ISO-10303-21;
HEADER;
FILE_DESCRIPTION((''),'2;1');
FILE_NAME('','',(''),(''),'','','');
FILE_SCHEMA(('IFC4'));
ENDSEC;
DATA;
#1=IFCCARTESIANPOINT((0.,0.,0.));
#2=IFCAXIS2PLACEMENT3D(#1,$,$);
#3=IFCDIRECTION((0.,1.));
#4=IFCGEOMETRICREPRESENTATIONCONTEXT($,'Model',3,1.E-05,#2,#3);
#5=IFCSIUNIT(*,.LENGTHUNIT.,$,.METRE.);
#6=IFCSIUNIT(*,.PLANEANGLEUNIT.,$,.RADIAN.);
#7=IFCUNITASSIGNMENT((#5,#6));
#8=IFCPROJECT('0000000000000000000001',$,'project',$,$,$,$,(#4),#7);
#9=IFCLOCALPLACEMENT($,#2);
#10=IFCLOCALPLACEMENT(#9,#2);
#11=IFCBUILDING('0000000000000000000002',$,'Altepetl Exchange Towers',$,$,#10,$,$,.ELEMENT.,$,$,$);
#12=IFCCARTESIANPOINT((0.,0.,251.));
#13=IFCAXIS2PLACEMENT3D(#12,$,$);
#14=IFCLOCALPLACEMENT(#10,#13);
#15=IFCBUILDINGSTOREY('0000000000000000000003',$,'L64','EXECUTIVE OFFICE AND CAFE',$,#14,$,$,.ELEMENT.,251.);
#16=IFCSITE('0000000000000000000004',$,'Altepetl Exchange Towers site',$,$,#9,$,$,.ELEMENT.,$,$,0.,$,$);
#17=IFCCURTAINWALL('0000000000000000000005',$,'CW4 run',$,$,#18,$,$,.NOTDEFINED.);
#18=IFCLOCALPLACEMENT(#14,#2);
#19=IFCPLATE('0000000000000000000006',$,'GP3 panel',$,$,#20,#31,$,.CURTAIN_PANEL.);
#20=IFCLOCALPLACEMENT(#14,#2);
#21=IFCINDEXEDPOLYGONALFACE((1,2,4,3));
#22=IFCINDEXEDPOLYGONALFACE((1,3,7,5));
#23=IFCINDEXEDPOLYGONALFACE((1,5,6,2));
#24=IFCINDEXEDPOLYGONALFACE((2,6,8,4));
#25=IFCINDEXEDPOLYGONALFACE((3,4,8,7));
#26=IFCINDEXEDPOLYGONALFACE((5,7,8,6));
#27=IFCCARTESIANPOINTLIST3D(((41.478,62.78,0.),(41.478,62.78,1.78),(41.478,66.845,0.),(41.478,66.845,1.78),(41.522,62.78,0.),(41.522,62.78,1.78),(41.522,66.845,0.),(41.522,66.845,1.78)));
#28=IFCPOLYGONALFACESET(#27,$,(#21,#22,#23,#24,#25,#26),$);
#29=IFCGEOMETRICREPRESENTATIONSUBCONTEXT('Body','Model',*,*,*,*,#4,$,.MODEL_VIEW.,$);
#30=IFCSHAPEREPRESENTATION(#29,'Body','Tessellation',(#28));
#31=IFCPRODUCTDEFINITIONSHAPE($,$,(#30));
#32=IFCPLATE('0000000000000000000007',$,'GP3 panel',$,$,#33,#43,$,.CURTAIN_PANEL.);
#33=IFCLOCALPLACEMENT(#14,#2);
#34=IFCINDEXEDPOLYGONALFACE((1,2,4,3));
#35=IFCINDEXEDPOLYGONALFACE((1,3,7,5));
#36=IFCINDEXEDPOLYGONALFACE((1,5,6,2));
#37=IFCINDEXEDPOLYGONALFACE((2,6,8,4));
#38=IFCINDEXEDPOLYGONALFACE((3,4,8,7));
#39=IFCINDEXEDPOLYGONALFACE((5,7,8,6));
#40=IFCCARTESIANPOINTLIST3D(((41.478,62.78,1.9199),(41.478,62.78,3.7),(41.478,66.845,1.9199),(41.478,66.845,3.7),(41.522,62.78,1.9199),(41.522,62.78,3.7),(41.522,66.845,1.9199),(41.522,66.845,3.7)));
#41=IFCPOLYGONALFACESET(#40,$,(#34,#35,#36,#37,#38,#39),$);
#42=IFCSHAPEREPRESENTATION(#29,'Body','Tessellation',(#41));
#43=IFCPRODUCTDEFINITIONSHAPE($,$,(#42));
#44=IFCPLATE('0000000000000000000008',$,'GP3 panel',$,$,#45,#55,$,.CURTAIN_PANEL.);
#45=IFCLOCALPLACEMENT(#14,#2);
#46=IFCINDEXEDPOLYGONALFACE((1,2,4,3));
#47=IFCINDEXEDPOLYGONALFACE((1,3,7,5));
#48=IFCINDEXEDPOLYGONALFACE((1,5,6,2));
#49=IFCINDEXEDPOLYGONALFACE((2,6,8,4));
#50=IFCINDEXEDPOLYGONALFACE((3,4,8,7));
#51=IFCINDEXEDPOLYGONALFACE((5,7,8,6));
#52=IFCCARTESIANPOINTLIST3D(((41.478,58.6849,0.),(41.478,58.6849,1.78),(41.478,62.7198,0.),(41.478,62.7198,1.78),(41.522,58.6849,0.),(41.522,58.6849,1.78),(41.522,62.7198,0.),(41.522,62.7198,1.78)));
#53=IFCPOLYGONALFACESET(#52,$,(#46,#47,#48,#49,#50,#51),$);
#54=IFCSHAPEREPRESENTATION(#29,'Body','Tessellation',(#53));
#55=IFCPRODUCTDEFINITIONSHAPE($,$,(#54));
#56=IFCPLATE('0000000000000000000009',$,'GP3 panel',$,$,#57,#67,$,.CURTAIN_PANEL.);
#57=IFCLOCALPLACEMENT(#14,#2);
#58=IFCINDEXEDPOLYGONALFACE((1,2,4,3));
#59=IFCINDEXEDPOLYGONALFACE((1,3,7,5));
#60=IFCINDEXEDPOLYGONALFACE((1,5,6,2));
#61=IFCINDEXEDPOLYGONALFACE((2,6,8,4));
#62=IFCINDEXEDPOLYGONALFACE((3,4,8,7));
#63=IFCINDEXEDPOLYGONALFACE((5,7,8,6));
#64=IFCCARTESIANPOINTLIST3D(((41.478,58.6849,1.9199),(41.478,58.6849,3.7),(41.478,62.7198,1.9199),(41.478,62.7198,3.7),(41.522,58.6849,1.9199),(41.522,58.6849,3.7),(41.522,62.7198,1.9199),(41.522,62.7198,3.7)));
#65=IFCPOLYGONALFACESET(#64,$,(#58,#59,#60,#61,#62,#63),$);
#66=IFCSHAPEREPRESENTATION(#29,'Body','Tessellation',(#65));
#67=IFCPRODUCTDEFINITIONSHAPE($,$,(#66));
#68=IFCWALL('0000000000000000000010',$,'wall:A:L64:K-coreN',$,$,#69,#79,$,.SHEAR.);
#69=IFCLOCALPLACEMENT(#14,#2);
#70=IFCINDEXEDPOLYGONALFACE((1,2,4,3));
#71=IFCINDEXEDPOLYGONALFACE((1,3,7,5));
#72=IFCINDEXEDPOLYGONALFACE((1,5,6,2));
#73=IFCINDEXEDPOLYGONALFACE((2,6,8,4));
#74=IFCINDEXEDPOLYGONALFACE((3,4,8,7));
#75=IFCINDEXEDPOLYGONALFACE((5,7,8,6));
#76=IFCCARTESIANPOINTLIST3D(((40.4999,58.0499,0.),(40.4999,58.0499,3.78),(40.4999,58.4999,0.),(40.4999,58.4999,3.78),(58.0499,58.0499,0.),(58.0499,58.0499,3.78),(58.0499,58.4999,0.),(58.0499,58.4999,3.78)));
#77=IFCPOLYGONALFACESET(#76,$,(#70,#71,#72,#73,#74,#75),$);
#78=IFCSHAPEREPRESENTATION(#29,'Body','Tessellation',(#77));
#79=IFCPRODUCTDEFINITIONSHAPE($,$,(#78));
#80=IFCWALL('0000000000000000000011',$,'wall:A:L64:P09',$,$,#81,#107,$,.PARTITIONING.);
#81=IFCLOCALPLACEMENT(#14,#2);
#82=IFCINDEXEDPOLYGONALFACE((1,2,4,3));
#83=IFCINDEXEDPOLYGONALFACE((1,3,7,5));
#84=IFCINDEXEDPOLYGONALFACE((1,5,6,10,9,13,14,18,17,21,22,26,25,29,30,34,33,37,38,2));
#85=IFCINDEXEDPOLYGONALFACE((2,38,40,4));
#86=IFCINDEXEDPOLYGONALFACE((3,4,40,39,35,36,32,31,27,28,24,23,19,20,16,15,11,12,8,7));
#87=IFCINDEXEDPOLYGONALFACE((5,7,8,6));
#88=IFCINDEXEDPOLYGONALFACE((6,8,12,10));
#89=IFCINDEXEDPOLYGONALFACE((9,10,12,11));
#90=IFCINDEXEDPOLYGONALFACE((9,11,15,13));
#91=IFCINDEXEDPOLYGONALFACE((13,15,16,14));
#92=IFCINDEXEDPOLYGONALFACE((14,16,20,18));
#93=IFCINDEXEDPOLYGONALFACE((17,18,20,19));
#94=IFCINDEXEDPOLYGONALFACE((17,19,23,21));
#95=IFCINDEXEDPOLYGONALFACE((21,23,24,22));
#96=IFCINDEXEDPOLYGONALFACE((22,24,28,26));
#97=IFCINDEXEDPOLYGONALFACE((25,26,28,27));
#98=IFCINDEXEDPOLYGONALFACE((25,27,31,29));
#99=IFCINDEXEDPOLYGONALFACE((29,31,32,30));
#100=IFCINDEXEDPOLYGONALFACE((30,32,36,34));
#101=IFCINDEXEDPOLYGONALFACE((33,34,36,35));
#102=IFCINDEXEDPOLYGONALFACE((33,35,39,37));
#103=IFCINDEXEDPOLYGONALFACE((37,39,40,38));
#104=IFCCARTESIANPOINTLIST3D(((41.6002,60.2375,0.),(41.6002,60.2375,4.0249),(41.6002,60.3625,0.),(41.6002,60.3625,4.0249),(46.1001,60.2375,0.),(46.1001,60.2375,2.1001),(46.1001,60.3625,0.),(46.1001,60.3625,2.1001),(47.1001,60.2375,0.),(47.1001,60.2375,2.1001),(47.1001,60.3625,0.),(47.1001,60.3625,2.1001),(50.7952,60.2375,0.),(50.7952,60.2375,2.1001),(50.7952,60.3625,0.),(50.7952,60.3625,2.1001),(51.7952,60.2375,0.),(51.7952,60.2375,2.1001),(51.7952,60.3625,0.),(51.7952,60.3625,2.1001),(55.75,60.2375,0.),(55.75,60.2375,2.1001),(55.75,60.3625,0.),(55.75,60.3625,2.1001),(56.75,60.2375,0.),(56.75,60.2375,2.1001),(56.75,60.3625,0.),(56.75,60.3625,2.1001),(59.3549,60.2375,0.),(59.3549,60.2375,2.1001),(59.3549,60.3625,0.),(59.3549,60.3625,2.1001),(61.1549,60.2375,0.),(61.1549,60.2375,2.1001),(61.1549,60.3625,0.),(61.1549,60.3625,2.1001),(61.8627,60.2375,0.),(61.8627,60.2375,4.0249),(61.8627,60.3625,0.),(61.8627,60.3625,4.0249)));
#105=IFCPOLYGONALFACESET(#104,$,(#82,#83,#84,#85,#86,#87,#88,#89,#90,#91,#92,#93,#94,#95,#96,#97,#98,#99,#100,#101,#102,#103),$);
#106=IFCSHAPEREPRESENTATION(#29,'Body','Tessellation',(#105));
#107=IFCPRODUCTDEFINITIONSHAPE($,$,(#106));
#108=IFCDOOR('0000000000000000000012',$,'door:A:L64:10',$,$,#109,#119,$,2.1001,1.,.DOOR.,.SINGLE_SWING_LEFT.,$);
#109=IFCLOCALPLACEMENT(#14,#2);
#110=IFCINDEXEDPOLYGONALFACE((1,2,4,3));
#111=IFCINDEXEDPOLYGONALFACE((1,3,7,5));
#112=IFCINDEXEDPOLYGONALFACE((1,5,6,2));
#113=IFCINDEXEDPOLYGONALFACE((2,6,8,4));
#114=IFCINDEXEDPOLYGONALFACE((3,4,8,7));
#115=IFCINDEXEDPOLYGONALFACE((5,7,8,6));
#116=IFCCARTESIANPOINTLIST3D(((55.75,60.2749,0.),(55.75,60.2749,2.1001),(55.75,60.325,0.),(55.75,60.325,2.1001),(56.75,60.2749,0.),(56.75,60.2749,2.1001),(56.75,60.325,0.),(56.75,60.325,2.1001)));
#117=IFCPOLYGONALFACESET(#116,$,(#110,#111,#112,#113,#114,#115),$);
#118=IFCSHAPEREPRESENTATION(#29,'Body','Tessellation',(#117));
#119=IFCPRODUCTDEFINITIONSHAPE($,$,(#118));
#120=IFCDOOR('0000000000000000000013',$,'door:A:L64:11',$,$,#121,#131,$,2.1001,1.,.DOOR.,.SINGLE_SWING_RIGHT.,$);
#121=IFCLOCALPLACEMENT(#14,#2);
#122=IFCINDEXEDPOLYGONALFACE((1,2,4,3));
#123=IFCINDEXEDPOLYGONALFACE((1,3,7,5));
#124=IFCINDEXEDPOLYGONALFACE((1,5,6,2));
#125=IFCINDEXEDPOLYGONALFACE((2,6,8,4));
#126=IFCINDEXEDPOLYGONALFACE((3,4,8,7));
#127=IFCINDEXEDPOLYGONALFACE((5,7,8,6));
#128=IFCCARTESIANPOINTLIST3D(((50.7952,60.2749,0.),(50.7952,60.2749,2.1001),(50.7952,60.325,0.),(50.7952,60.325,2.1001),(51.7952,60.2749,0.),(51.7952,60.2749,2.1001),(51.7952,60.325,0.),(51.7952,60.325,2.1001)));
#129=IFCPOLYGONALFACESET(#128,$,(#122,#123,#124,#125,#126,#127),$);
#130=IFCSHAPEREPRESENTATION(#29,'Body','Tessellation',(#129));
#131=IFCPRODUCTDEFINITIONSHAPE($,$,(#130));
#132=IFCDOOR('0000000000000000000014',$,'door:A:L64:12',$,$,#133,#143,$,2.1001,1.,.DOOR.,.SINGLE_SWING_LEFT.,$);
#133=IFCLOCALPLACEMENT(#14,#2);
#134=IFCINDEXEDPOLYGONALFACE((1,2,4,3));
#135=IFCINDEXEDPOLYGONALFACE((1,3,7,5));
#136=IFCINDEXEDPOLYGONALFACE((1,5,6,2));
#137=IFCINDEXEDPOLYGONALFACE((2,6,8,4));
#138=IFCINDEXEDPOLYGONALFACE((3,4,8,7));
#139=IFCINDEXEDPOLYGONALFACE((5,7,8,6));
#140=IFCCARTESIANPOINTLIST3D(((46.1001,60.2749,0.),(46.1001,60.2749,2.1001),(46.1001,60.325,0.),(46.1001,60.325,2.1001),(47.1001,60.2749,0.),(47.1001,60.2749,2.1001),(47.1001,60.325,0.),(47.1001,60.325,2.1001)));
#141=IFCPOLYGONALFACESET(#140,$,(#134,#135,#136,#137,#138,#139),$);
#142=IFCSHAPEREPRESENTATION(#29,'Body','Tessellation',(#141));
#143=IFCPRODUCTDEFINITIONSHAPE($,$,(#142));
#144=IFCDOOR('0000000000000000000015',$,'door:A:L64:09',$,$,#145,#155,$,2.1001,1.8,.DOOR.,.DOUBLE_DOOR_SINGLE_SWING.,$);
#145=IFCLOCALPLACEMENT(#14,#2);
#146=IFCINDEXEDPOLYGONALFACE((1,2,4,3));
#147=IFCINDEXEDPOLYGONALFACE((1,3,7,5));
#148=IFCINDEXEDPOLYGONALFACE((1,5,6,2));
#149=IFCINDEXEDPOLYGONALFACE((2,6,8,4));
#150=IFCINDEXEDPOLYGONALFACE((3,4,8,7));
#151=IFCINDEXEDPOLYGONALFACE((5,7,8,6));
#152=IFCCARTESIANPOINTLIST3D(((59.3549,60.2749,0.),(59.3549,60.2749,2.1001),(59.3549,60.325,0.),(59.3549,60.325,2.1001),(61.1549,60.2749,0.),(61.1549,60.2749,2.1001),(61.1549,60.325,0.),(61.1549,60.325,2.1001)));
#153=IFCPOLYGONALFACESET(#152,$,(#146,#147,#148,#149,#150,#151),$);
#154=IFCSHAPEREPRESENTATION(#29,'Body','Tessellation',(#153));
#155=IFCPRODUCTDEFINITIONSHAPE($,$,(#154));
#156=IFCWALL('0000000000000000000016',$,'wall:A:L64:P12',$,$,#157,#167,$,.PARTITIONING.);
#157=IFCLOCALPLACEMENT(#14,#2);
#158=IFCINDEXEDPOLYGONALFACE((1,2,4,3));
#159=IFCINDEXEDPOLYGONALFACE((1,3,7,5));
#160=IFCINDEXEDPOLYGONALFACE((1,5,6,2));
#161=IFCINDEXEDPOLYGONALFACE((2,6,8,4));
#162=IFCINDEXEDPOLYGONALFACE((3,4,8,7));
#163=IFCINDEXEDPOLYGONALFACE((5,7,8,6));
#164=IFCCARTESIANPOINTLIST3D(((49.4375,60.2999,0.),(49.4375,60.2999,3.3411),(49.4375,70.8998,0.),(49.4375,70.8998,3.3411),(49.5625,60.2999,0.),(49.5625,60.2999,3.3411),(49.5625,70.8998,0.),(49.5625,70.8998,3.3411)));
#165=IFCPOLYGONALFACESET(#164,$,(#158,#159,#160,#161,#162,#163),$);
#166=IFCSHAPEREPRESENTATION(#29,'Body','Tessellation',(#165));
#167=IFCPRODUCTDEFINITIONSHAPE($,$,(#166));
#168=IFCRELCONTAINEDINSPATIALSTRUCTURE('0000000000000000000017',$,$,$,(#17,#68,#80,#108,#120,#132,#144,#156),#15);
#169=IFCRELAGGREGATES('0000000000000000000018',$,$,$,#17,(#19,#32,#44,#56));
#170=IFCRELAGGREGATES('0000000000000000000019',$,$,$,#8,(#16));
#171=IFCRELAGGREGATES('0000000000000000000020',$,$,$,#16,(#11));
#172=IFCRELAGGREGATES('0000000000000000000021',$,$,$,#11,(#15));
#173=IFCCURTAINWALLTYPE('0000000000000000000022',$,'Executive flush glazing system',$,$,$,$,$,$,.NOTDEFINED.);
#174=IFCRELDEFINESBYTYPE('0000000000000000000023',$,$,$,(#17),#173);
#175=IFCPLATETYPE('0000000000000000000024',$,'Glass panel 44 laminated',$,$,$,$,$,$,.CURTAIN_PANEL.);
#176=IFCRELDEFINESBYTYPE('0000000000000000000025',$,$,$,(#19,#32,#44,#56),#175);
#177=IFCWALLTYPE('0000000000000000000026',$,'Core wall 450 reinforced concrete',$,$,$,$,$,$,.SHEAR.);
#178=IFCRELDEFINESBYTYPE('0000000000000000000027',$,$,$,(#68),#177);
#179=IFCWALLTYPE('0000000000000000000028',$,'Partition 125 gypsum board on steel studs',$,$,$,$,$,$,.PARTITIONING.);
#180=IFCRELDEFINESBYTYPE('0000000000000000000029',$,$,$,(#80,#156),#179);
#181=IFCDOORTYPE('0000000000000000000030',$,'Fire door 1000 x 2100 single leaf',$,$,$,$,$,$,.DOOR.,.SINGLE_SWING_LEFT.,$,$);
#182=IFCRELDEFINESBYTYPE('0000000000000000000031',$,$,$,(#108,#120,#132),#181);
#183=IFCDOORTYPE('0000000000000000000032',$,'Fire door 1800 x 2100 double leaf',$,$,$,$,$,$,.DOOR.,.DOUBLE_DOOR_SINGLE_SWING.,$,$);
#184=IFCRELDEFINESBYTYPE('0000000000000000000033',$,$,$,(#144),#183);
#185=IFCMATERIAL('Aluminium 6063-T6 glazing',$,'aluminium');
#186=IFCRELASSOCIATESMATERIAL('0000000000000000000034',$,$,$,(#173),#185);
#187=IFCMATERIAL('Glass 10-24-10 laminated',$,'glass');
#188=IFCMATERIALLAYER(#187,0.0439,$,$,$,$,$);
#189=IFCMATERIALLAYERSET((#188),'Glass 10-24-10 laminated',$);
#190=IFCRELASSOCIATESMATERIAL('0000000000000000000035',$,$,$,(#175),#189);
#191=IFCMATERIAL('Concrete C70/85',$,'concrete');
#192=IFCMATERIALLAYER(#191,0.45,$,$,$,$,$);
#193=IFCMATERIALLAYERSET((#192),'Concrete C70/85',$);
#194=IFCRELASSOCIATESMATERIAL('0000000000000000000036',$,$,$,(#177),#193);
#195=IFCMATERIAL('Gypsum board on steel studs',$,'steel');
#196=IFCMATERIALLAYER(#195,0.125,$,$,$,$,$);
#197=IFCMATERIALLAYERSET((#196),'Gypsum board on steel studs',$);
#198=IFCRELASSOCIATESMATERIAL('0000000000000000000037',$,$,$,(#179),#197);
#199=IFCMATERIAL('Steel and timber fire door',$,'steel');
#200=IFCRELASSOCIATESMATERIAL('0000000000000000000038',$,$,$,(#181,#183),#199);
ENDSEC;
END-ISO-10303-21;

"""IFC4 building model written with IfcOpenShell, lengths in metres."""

from ifc_helpers import new_model, si_unit, direction, frame, frame_2d, origin, origin_2d, place, context, subcontext, project, spatial, rectangle, extrude, material, layer, layer_set, type_object, element, fill, aggregate, save


model = new_model("IFC4")

# Units and contexts
model_context = context("Model", 3, precision=1e-05, world=origin(), true_north=direction((0.0, 1.0)))
body_context = subcontext(model_context, "Body", "Model", "MODEL_VIEW")
ifc_project = project(units=[si_unit("LENGTHUNIT", "METRE"), si_unit("PLANEANGLEUNIT", "RADIAN")], contexts=[model_context])

# Site, building, storey
site_placement = place(None, origin())
site = spatial("IfcSite", under=ifc_project, at=site_placement, Name="Altepetl Exchange Towers site", CompositionType="ELEMENT", RefElevation=0.0)
building_placement = place(site_placement, origin())
building = spatial("IfcBuilding", under=site, at=building_placement, Name="Altepetl Exchange Towers", CompositionType="ELEMENT")
storey_placement = place(building_placement, frame((0.0, 0.0, 251.0)))
storey = spatial("IfcBuildingStorey", under=building, at=storey_placement, Name="L64", Description="EXECUTIVE OFFICE AND CAFE", CompositionType="ELEMENT", Elevation=251.0)

# Curtain wall
ifc_material_1 = material(Name="Aluminium 6063-T6 glazing", Category="aluminium")
curtain_wall_type = type_object("IfcCurtainWallType", Name="Executive flush glazing system", PredefinedType="NOTDEFINED", material=ifc_material_1)
curtain_wall_placement = place(storey_placement, origin())
curtain_wall = element("IfcCurtainWall", 1, at=curtain_wall_placement, inside=storey, type_object=curtain_wall_type, Name="CW4 run", PredefinedType="NOTDEFINED")

# Plates
ifc_material_2 = material(Name="Glass 10-24-10 laminated", Category="glass")
ifc_layer_1 = layer(ifc_material_2, 0.0439)
ifc_layer_set_1 = layer_set([ifc_layer_1], Name="Glass 10-24-10 laminated")
plate_type = type_object("IfcPlateType", Name="Glass panel 44 laminated", PredefinedType="CURTAIN_PANEL", material=ifc_layer_set_1)
plate_1_placement = place(storey_placement, frame((41.5, 64.8125, 0.0), z_axis=(0.0, 0.0, 1.0), x_axis=(0.0, -1.0, 0.0)))
plate_1 = element("IfcPlate", 2, at=plate_1_placement, type_object=plate_type, Name="GP3 panel", PredefinedType="CURTAIN_PANEL", context=body_context, shape_type="SweptSolid", body=[
    extrude(rectangle(XDim=4.0649, YDim=0.0439, at=origin_2d()), origin(), (0.0, 0.0, 1.0), 1.78),
])
plate_2_placement = place(storey_placement, frame((41.5, 64.8125, 1.9199), z_axis=(0.0, 0.0, 1.0), x_axis=(0.0, -1.0, 0.0)))
plate_2 = element("IfcPlate", 3, at=plate_2_placement, type_object=plate_type, Name="GP3 panel", PredefinedType="CURTAIN_PANEL", context=body_context, shape_type="SweptSolid", body=[
    extrude(rectangle(XDim=4.0649, YDim=0.0439, at=origin_2d()), origin(), (0.0, 0.0, 1.0), 1.78),
])
plate_3_placement = place(storey_placement, frame((41.5, 60.7024, 0.0), z_axis=(0.0, 0.0, 1.0), x_axis=(0.0, -1.0, 0.0)))
plate_3 = element("IfcPlate", 4, at=plate_3_placement, type_object=plate_type, Name="GP3 panel", PredefinedType="CURTAIN_PANEL", context=body_context, shape_type="SweptSolid", body=[
    extrude(rectangle(XDim=4.0349, YDim=0.0439, at=origin_2d()), origin(), (0.0, 0.0, 1.0), 1.78),
])
plate_4_placement = place(storey_placement, frame((41.5, 60.7024, 1.9199), z_axis=(0.0, 0.0, 1.0), x_axis=(0.0, -1.0, 0.0)))
plate_4 = element("IfcPlate", 5, at=plate_4_placement, type_object=plate_type, Name="GP3 panel", PredefinedType="CURTAIN_PANEL", context=body_context, shape_type="SweptSolid", body=[
    extrude(rectangle(XDim=4.0349, YDim=0.0439, at=origin_2d()), origin(), (0.0, 0.0, 1.0), 1.78),
])
aggregate(curtain_wall, [plate_1, plate_2, plate_3, plate_4])

# Wall
ifc_material_3 = material(Name="Concrete C70/85", Category="concrete")
ifc_layer_2 = layer(ifc_material_3, 0.45)
ifc_layer_set_2 = layer_set([ifc_layer_2], Name="Concrete C70/85")
wall_type_1 = type_object("IfcWallType", Name="Core wall 450 reinforced concrete", PredefinedType="SHEAR", material=ifc_layer_set_2)
wall_1_placement = place(storey_placement, frame((40.5, 58.2749, 0.0)))
element("IfcWall", 6, at=wall_1_placement, inside=storey, type_object=wall_type_1, Name="wall:A:L64:K-coreN", PredefinedType="SHEAR", context=body_context, shape_type="SweptSolid", body=[
    extrude(rectangle(XDim=17.55, YDim=0.45, at=frame_2d((8.7749, 0.0))), origin(), (0.0, 0.0, 1.0), 3.78),
])

# Wall, openings, doors
ifc_material_4 = material(Name="Gypsum board on steel studs", Category="steel")
ifc_layer_3 = layer(ifc_material_4, 0.125)
ifc_layer_set_3 = layer_set([ifc_layer_3], Name="Gypsum board on steel studs")
wall_type_2 = type_object("IfcWallType", Name="Partition 125 gypsum board on steel studs", PredefinedType="PARTITIONING", material=ifc_layer_set_3)
wall_2_placement = place(storey_placement, frame((41.6001, 60.3, 0.0)))
wall_2 = element("IfcWall", 7, at=wall_2_placement, inside=storey, type_object=wall_type_2, Name="wall:A:L64:P09", PredefinedType="PARTITIONING", context=body_context, shape_type="SweptSolid", body=[
    extrude(rectangle(XDim=20.2625, YDim=0.125, at=frame_2d((10.1313, 0.0))), origin(), (0.0, 0.0, 1.0), 4.0249),
])
opening_1_placement = place(wall_2_placement, frame((17.7549, 0.0, 0.0)))
opening_1 = element("IfcOpeningElement", 8, at=opening_1_placement, cuts=wall_2, PredefinedType="OPENING", context=body_context, shape_type="SweptSolid", body=[
    extrude(rectangle(XDim=1.8, YDim=2.1001, at=frame_2d((0.8999, 1.05))), frame((0.0, 0.0725, 0.0), z_axis=(0.0, -1.0, 0.0), x_axis=(1.0, 0.0, 0.0)), (0.0, 0.0, 1.0), 0.145),
])
opening_2_placement = place(wall_2_placement, frame((14.1499, 0.0, 0.0)))
opening_2 = element("IfcOpeningElement", 9, at=opening_2_placement, cuts=wall_2, PredefinedType="OPENING", context=body_context, shape_type="SweptSolid", body=[
    extrude(rectangle(XDim=1.0, YDim=2.1001, at=frame_2d((0.5, 1.05))), frame((0.0, 0.0725, 0.0), z_axis=(0.0, -1.0, 0.0), x_axis=(1.0, 0.0, 0.0)), (0.0, 0.0, 1.0), 0.145),
])
opening_3_placement = place(wall_2_placement, frame((9.1951, 0.0, 0.0)))
opening_3 = element("IfcOpeningElement", 10, at=opening_3_placement, cuts=wall_2, PredefinedType="OPENING", context=body_context, shape_type="SweptSolid", body=[
    extrude(rectangle(XDim=1.0, YDim=2.1001, at=frame_2d((0.5, 1.05))), frame((0.0, 0.0725, 0.0), z_axis=(0.0, -1.0, 0.0), x_axis=(1.0, 0.0, 0.0)), (0.0, 0.0, 1.0), 0.145),
])
opening_4_placement = place(wall_2_placement, frame((4.5, 0.0, 0.0)))
opening_4 = element("IfcOpeningElement", 11, at=opening_4_placement, cuts=wall_2, PredefinedType="OPENING", context=body_context, shape_type="SweptSolid", body=[
    extrude(rectangle(XDim=1.0, YDim=2.1001, at=frame_2d((0.5, 1.05))), frame((0.0, 0.0725, 0.0), z_axis=(0.0, -1.0, 0.0), x_axis=(1.0, 0.0, 0.0)), (0.0, 0.0, 1.0), 0.145),
])
ifc_material_5 = material(Name="Steel and timber fire door", Category="steel")
door_type_1 = type_object("IfcDoorType", Name="Fire door 1000 x 2100 single leaf", OperationType="SINGLE_SWING_LEFT", PredefinedType="DOOR", material=ifc_material_5)
door_1_placement = place(opening_2_placement, origin())
door_1 = element("IfcDoor", 12, at=door_1_placement, inside=storey, type_object=door_type_1, Name="door:A:L64:10", OperationType="SINGLE_SWING_LEFT", OverallHeight=2.1001, OverallWidth=1.0, PredefinedType="DOOR", context=body_context, shape_type="SweptSolid", body=[
    extrude(rectangle(XDim=1.0, YDim=2.1001, at=frame_2d((0.5, 1.05))), frame((0.0, 0.0249, 0.0), z_axis=(0.0, -1.0, 0.0), x_axis=(1.0, 0.0, 0.0)), (0.0, 0.0, 1.0), 0.05),
])
fill(opening_2, door_1)
door_2_placement = place(opening_3_placement, origin())
door_2 = element("IfcDoor", 13, at=door_2_placement, inside=storey, type_object=door_type_1, Name="door:A:L64:11", OperationType="SINGLE_SWING_RIGHT", OverallHeight=2.1001, OverallWidth=1.0, PredefinedType="DOOR", context=body_context, shape_type="SweptSolid", body=[
    extrude(rectangle(XDim=1.0, YDim=2.1001, at=frame_2d((0.5, 1.05))), frame((0.0, 0.0249, 0.0), z_axis=(0.0, -1.0, 0.0), x_axis=(1.0, 0.0, 0.0)), (0.0, 0.0, 1.0), 0.05),
])
fill(opening_3, door_2)
door_3_placement = place(opening_4_placement, origin())
door_3 = element("IfcDoor", 14, at=door_3_placement, inside=storey, type_object=door_type_1, Name="door:A:L64:12", OperationType="SINGLE_SWING_LEFT", OverallHeight=2.1001, OverallWidth=1.0, PredefinedType="DOOR", context=body_context, shape_type="SweptSolid", body=[
    extrude(rectangle(XDim=1.0, YDim=2.1001, at=frame_2d((0.5, 1.05))), frame((0.0, 0.0249, 0.0), z_axis=(0.0, -1.0, 0.0), x_axis=(1.0, 0.0, 0.0)), (0.0, 0.0, 1.0), 0.05),
])
fill(opening_4, door_3)
door_type_2 = type_object("IfcDoorType", Name="Fire door 1800 x 2100 double leaf", OperationType="DOUBLE_DOOR_SINGLE_SWING", PredefinedType="DOOR", material=ifc_material_5)
door_4_placement = place(opening_1_placement, origin())
door_4 = element("IfcDoor", 15, at=door_4_placement, inside=storey, type_object=door_type_2, Name="door:A:L64:09", OperationType="DOUBLE_DOOR_SINGLE_SWING", OverallHeight=2.1001, OverallWidth=1.8, PredefinedType="DOOR", context=body_context, shape_type="SweptSolid", body=[
    extrude(rectangle(XDim=1.8, YDim=2.1001, at=frame_2d((0.8999, 1.05))), frame((0.0, 0.0249, 0.0), z_axis=(0.0, -1.0, 0.0), x_axis=(1.0, 0.0, 0.0)), (0.0, 0.0, 1.0), 0.05),
])
fill(opening_1, door_4)

# Wall
wall_3_placement = place(storey_placement, frame((49.5, 60.3, 0.0), z_axis=(0.0, 0.0, 1.0), x_axis=(0.0, 1.0, 0.0)))
element("IfcWall", 16, at=wall_3_placement, inside=storey, type_object=wall_type_2, Name="wall:A:L64:P12", PredefinedType="PARTITIONING", context=body_context, shape_type="SweptSolid", body=[
    extrude(rectangle(XDim=10.5999, YDim=0.125, at=frame_2d((5.2998, 0.0))), origin(), (0.0, 0.0, 1.0), 3.3411),
])

save(model, "model.ifc")
